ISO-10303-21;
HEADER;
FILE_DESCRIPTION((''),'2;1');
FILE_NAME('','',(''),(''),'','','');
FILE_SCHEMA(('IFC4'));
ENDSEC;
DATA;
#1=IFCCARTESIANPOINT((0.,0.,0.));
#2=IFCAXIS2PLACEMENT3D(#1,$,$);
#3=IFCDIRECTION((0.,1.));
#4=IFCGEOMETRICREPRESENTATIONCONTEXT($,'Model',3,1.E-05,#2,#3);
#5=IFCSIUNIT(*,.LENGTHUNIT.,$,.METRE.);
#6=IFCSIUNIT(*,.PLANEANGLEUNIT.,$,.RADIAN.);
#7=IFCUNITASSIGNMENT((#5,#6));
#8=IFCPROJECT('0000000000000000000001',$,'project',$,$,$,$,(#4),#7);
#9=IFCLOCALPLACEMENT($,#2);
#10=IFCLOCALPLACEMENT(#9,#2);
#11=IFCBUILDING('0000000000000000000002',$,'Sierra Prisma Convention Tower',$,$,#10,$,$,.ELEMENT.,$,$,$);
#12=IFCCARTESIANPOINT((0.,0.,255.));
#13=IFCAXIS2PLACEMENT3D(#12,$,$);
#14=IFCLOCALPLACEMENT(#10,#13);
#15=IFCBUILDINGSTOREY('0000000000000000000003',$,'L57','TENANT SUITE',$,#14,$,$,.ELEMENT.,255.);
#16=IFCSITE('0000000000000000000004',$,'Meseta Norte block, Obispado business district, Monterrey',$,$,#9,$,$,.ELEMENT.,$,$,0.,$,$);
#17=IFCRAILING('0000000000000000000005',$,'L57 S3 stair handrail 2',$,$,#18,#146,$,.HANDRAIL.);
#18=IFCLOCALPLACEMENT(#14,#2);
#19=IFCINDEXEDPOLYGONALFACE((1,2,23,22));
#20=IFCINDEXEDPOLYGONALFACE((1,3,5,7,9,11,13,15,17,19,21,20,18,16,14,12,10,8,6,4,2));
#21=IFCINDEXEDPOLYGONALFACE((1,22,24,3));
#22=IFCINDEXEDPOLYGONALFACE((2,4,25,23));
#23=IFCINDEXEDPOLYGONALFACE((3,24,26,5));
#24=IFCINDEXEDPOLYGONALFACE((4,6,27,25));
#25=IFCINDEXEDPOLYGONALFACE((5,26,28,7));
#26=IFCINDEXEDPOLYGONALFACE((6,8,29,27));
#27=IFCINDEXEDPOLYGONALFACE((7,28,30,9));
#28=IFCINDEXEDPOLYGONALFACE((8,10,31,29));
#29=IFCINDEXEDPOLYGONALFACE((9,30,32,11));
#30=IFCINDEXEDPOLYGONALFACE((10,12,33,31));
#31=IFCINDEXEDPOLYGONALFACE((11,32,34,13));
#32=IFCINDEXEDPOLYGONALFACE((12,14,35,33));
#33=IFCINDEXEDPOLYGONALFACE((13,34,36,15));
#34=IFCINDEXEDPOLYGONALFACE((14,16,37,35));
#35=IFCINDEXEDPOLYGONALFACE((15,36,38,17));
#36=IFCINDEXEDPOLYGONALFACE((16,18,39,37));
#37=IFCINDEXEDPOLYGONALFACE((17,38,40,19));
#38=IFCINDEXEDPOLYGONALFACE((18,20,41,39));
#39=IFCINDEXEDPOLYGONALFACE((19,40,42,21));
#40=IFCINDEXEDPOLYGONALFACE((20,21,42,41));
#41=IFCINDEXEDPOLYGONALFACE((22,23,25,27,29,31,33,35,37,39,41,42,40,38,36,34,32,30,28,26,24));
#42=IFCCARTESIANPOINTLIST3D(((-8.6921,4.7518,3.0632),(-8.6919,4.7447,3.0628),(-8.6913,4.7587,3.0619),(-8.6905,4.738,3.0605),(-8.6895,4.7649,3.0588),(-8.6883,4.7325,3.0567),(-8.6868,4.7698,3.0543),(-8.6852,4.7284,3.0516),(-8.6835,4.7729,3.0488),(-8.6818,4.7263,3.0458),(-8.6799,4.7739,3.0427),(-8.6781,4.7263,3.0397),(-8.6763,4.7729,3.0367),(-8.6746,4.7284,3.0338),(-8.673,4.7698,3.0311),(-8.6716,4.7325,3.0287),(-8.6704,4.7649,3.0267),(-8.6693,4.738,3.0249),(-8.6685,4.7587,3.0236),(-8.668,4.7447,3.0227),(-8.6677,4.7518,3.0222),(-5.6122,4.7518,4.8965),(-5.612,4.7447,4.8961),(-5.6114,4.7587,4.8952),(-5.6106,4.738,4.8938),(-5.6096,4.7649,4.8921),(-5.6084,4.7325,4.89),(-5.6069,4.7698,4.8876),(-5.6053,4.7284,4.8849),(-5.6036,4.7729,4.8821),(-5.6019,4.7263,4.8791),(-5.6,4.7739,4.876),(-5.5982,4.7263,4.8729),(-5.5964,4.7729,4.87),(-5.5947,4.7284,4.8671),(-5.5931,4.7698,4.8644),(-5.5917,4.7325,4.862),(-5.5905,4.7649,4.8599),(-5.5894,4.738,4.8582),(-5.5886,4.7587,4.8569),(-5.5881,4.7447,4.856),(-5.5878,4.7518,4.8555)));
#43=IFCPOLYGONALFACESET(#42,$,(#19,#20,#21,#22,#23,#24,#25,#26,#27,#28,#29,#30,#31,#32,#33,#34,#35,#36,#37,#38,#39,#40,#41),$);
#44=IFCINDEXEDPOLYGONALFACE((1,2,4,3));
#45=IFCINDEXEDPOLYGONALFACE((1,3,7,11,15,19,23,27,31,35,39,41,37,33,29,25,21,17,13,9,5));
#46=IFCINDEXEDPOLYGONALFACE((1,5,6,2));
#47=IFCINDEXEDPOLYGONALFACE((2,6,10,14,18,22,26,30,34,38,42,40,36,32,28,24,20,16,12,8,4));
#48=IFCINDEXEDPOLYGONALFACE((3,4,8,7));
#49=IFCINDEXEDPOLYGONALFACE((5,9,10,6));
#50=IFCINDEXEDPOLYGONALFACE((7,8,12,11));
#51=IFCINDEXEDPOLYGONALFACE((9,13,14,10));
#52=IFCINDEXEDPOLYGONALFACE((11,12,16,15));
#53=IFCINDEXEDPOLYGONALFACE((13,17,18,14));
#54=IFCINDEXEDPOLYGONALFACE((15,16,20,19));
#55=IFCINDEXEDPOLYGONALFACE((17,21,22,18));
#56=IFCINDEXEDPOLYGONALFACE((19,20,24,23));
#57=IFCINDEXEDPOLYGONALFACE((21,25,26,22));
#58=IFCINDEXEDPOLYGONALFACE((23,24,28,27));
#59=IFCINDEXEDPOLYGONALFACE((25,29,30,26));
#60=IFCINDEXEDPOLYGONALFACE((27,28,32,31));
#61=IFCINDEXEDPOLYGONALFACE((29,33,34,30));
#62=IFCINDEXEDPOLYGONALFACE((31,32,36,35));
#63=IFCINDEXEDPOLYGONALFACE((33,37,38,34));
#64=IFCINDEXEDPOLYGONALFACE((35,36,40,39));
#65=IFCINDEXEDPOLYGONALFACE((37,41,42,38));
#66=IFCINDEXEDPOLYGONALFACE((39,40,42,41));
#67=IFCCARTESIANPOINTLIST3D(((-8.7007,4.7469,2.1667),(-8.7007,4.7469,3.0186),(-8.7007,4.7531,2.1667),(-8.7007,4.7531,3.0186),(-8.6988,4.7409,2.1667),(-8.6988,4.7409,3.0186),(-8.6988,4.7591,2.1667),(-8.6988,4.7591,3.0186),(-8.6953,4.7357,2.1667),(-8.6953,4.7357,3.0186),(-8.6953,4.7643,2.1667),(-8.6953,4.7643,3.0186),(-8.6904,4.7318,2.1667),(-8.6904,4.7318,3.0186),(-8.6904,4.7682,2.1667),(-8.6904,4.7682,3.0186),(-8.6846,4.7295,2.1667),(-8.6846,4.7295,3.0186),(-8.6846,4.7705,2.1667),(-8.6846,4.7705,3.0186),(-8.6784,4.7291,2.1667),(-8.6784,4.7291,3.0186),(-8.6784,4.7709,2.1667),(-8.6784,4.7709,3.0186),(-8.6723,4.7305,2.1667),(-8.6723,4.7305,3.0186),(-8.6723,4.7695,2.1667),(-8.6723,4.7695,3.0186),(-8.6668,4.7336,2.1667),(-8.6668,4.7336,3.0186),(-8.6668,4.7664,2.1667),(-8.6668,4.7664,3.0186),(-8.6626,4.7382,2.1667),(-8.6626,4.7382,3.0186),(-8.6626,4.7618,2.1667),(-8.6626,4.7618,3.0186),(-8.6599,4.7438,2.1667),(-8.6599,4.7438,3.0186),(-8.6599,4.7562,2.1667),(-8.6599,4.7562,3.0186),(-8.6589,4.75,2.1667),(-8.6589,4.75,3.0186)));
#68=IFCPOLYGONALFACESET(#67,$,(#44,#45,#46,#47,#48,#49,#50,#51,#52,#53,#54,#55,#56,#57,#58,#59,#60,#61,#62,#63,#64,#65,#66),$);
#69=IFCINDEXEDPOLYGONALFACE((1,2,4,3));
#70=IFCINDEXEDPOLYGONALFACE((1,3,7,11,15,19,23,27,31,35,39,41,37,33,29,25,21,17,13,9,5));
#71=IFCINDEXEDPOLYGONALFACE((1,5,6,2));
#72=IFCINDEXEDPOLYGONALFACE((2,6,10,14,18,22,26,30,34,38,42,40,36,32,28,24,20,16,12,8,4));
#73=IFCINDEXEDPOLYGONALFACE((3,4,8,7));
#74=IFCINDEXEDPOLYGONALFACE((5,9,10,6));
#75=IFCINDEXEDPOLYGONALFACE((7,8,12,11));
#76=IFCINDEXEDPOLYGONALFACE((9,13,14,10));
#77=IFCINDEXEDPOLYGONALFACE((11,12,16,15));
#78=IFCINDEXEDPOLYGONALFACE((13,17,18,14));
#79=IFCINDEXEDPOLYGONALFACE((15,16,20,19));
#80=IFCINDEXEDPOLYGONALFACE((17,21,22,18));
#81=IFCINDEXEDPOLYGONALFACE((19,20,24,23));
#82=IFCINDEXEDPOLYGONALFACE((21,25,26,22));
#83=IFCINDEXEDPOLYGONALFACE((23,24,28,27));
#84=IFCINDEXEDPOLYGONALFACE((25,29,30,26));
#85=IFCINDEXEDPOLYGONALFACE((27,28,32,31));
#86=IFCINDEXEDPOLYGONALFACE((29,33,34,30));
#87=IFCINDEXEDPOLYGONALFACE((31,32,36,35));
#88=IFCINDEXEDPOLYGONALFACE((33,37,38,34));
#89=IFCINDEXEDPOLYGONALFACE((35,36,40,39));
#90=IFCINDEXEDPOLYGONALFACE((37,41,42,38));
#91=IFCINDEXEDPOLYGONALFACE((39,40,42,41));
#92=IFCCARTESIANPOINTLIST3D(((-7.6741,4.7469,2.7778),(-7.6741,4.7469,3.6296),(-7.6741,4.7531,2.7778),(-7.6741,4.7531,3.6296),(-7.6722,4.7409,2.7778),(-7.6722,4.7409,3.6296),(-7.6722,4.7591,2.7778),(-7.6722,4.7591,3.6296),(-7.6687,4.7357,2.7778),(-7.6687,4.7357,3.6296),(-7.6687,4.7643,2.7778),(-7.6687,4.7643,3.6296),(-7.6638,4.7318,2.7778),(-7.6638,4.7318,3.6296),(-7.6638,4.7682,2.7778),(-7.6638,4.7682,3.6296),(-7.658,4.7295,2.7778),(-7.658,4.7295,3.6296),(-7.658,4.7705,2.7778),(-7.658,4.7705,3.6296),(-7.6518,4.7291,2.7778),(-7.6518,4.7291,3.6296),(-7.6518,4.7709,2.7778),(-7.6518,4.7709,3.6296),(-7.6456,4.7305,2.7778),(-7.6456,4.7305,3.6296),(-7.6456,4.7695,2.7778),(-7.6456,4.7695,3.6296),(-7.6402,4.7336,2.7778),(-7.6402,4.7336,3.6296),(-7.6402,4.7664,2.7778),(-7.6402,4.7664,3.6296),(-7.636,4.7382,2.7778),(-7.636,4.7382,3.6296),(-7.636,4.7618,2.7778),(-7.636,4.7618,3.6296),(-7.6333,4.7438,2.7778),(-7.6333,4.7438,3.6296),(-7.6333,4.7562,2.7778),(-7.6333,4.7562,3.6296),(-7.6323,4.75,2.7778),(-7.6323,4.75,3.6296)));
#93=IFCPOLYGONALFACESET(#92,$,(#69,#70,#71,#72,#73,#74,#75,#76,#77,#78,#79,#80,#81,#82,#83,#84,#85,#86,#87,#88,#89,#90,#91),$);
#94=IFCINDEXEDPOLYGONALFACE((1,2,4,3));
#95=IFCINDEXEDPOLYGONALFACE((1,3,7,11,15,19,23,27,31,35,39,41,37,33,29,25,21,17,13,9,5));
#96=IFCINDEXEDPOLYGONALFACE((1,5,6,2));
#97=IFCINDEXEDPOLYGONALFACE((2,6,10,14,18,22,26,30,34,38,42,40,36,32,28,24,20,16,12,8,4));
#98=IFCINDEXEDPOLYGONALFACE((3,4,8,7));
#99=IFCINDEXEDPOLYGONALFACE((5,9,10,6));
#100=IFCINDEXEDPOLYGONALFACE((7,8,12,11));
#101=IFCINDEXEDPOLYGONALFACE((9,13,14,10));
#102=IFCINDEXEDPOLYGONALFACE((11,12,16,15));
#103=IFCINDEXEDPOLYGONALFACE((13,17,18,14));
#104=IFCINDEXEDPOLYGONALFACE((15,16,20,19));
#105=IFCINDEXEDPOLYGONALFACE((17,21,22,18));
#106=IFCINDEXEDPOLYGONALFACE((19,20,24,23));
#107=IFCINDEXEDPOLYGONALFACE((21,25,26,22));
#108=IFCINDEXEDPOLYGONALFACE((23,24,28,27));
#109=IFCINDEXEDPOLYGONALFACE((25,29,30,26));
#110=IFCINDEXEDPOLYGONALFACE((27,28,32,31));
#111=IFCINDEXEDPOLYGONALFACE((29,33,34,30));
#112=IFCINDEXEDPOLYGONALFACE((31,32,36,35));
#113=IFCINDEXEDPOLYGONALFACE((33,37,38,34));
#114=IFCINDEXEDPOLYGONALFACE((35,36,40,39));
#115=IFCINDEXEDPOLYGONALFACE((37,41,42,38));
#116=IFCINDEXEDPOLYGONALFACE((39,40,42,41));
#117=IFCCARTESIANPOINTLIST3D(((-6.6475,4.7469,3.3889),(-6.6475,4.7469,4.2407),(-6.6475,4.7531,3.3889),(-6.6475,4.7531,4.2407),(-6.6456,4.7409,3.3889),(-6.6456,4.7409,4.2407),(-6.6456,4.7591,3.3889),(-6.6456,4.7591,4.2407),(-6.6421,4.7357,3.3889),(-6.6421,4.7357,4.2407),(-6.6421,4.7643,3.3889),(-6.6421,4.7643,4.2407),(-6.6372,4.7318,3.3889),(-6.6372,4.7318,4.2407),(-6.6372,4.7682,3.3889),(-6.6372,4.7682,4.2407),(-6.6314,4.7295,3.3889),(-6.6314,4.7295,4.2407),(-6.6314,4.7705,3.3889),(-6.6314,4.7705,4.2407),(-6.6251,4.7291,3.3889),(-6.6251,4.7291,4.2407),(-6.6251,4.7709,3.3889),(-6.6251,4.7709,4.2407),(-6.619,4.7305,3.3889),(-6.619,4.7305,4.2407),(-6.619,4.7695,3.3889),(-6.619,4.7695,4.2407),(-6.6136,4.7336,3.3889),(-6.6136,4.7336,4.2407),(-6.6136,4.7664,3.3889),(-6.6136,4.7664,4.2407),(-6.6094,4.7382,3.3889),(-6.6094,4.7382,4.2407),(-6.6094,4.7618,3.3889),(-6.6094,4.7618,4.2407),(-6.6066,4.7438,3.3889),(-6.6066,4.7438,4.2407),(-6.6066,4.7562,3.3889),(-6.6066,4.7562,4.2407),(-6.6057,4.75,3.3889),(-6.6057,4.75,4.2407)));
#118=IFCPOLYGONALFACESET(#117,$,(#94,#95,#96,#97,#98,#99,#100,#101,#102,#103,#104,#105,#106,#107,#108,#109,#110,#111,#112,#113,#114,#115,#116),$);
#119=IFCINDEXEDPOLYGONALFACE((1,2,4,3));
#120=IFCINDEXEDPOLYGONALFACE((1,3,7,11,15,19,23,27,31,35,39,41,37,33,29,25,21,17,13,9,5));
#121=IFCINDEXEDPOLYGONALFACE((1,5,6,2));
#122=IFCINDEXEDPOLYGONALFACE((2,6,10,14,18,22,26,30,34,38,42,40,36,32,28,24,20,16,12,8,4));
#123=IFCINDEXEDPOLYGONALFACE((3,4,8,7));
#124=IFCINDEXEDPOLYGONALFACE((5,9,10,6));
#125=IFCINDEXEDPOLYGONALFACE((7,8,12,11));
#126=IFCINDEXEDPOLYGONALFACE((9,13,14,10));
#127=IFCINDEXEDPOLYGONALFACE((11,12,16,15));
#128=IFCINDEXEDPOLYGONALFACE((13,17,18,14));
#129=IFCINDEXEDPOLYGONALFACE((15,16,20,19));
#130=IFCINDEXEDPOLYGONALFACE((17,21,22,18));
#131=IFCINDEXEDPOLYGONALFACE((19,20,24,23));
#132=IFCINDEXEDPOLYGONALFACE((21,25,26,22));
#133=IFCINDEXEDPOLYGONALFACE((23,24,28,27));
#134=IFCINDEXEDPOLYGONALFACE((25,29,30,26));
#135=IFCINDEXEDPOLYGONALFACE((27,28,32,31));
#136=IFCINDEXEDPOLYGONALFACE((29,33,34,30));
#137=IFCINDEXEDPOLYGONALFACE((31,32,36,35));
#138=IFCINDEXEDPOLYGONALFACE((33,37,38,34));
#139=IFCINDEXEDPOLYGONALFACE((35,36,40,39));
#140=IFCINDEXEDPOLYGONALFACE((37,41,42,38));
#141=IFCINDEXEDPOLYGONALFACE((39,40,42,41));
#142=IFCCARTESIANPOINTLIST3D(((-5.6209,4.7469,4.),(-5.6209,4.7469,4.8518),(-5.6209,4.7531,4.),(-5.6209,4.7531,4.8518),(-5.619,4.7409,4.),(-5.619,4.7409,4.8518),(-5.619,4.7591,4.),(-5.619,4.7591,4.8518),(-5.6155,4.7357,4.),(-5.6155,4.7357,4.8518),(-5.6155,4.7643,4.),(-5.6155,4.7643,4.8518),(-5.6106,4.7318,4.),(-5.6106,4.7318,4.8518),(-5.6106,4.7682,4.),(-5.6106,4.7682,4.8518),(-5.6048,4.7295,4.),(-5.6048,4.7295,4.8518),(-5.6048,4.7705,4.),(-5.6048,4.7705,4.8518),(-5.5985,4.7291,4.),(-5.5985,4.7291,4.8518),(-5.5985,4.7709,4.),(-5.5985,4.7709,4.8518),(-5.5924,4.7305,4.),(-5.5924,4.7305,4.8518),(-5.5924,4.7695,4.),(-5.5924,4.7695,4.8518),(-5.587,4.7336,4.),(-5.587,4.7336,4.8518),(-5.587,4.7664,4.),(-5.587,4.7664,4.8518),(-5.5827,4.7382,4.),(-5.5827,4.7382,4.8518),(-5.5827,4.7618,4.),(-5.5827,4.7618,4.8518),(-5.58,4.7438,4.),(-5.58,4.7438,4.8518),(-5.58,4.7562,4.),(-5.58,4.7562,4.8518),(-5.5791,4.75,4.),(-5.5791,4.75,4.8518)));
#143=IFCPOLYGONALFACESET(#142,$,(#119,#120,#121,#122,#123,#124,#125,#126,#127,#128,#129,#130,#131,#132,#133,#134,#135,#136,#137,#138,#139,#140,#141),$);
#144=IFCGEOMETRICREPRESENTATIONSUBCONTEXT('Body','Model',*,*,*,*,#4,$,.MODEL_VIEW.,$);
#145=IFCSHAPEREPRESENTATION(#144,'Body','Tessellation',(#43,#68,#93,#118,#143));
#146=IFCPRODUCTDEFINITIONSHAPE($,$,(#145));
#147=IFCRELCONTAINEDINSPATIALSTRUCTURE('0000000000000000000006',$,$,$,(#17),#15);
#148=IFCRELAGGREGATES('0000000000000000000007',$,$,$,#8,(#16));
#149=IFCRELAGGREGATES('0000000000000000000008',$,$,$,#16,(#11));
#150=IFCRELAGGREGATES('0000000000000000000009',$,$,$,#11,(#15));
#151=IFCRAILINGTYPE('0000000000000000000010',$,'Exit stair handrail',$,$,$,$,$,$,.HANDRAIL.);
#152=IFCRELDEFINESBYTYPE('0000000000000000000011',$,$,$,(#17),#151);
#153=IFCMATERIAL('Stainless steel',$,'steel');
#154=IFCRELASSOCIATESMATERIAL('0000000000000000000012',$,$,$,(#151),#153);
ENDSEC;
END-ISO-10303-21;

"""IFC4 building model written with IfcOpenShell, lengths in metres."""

from ifc_helpers import new_model, si_unit, direction, frame, origin, origin_2d, place, context, subcontext, project, spatial, circle, extrude, material, type_object, element, save


model = new_model("IFC4")

# Units and contexts
model_context = context("Model", 3, precision=1e-05, world=origin(), true_north=direction((0.0, 1.0)))
body_context = subcontext(model_context, "Body", "Model", "MODEL_VIEW")
ifc_project = project(units=[si_unit("LENGTHUNIT", "METRE"), si_unit("PLANEANGLEUNIT", "RADIAN")], contexts=[model_context])

# Site, building, storey
site_placement = place(None, origin())
site = spatial("IfcSite", under=ifc_project, at=site_placement, Name="Meseta Norte block, Obispado business district, Monterrey", CompositionType="ELEMENT", RefElevation=0.0)
building_placement = place(site_placement, origin())
building = spatial("IfcBuilding", under=site, at=building_placement, Name="Sierra Prisma Convention Tower", CompositionType="ELEMENT")
storey_placement = place(building_placement, frame((0.0, 0.0, 255.0)))
storey = spatial("IfcBuildingStorey", under=building, at=storey_placement, Name="L57", Description="TENANT SUITE", CompositionType="ELEMENT", Elevation=255.0)

# Railing
ifc_material_1 = material(Name="Stainless steel", Category="steel")
railing_type_1 = type_object("IfcRailingType", Name="Exit stair handrail", PredefinedType="HANDRAIL", material=ifc_material_1)
railing_1_placement = place(storey_placement, frame((-8.6799, 4.75, 2.1667)))
element("IfcRailing", 1, at=railing_1_placement, inside=storey, type_object=railing_type_1, Name="L57 S3 stair handrail 2", PredefinedType="HANDRAIL", context=body_context, shape_type="SweptSolid", body=[
    extrude(circle(Radius=0.0239, at=origin_2d()), frame((0.0, 0.0, 0.876), z_axis=(0.859291, 0.0, 0.511487), x_axis=(0.0, 1.0, 0.0)), (0.0, 0.0, 1.0), 3.5842),
    extrude(circle(Radius=0.021, at=origin_2d()), origin(), (0.0, 0.0, 1.0), 0.8518),
    extrude(circle(Radius=0.021, at=origin_2d()), frame((1.0266, 0.0, 0.6111)), (0.0, 0.0, 1.0), 0.8518),
    extrude(circle(Radius=0.021, at=origin_2d()), frame((2.0532, 0.0, 1.2222)), (0.0, 0.0, 1.0), 0.8518),
    extrude(circle(Radius=0.021, at=origin_2d()), frame((3.0798, 0.0, 1.8333)), (0.0, 0.0, 1.0), 0.8518),
])

save(model, "model.ifc")
